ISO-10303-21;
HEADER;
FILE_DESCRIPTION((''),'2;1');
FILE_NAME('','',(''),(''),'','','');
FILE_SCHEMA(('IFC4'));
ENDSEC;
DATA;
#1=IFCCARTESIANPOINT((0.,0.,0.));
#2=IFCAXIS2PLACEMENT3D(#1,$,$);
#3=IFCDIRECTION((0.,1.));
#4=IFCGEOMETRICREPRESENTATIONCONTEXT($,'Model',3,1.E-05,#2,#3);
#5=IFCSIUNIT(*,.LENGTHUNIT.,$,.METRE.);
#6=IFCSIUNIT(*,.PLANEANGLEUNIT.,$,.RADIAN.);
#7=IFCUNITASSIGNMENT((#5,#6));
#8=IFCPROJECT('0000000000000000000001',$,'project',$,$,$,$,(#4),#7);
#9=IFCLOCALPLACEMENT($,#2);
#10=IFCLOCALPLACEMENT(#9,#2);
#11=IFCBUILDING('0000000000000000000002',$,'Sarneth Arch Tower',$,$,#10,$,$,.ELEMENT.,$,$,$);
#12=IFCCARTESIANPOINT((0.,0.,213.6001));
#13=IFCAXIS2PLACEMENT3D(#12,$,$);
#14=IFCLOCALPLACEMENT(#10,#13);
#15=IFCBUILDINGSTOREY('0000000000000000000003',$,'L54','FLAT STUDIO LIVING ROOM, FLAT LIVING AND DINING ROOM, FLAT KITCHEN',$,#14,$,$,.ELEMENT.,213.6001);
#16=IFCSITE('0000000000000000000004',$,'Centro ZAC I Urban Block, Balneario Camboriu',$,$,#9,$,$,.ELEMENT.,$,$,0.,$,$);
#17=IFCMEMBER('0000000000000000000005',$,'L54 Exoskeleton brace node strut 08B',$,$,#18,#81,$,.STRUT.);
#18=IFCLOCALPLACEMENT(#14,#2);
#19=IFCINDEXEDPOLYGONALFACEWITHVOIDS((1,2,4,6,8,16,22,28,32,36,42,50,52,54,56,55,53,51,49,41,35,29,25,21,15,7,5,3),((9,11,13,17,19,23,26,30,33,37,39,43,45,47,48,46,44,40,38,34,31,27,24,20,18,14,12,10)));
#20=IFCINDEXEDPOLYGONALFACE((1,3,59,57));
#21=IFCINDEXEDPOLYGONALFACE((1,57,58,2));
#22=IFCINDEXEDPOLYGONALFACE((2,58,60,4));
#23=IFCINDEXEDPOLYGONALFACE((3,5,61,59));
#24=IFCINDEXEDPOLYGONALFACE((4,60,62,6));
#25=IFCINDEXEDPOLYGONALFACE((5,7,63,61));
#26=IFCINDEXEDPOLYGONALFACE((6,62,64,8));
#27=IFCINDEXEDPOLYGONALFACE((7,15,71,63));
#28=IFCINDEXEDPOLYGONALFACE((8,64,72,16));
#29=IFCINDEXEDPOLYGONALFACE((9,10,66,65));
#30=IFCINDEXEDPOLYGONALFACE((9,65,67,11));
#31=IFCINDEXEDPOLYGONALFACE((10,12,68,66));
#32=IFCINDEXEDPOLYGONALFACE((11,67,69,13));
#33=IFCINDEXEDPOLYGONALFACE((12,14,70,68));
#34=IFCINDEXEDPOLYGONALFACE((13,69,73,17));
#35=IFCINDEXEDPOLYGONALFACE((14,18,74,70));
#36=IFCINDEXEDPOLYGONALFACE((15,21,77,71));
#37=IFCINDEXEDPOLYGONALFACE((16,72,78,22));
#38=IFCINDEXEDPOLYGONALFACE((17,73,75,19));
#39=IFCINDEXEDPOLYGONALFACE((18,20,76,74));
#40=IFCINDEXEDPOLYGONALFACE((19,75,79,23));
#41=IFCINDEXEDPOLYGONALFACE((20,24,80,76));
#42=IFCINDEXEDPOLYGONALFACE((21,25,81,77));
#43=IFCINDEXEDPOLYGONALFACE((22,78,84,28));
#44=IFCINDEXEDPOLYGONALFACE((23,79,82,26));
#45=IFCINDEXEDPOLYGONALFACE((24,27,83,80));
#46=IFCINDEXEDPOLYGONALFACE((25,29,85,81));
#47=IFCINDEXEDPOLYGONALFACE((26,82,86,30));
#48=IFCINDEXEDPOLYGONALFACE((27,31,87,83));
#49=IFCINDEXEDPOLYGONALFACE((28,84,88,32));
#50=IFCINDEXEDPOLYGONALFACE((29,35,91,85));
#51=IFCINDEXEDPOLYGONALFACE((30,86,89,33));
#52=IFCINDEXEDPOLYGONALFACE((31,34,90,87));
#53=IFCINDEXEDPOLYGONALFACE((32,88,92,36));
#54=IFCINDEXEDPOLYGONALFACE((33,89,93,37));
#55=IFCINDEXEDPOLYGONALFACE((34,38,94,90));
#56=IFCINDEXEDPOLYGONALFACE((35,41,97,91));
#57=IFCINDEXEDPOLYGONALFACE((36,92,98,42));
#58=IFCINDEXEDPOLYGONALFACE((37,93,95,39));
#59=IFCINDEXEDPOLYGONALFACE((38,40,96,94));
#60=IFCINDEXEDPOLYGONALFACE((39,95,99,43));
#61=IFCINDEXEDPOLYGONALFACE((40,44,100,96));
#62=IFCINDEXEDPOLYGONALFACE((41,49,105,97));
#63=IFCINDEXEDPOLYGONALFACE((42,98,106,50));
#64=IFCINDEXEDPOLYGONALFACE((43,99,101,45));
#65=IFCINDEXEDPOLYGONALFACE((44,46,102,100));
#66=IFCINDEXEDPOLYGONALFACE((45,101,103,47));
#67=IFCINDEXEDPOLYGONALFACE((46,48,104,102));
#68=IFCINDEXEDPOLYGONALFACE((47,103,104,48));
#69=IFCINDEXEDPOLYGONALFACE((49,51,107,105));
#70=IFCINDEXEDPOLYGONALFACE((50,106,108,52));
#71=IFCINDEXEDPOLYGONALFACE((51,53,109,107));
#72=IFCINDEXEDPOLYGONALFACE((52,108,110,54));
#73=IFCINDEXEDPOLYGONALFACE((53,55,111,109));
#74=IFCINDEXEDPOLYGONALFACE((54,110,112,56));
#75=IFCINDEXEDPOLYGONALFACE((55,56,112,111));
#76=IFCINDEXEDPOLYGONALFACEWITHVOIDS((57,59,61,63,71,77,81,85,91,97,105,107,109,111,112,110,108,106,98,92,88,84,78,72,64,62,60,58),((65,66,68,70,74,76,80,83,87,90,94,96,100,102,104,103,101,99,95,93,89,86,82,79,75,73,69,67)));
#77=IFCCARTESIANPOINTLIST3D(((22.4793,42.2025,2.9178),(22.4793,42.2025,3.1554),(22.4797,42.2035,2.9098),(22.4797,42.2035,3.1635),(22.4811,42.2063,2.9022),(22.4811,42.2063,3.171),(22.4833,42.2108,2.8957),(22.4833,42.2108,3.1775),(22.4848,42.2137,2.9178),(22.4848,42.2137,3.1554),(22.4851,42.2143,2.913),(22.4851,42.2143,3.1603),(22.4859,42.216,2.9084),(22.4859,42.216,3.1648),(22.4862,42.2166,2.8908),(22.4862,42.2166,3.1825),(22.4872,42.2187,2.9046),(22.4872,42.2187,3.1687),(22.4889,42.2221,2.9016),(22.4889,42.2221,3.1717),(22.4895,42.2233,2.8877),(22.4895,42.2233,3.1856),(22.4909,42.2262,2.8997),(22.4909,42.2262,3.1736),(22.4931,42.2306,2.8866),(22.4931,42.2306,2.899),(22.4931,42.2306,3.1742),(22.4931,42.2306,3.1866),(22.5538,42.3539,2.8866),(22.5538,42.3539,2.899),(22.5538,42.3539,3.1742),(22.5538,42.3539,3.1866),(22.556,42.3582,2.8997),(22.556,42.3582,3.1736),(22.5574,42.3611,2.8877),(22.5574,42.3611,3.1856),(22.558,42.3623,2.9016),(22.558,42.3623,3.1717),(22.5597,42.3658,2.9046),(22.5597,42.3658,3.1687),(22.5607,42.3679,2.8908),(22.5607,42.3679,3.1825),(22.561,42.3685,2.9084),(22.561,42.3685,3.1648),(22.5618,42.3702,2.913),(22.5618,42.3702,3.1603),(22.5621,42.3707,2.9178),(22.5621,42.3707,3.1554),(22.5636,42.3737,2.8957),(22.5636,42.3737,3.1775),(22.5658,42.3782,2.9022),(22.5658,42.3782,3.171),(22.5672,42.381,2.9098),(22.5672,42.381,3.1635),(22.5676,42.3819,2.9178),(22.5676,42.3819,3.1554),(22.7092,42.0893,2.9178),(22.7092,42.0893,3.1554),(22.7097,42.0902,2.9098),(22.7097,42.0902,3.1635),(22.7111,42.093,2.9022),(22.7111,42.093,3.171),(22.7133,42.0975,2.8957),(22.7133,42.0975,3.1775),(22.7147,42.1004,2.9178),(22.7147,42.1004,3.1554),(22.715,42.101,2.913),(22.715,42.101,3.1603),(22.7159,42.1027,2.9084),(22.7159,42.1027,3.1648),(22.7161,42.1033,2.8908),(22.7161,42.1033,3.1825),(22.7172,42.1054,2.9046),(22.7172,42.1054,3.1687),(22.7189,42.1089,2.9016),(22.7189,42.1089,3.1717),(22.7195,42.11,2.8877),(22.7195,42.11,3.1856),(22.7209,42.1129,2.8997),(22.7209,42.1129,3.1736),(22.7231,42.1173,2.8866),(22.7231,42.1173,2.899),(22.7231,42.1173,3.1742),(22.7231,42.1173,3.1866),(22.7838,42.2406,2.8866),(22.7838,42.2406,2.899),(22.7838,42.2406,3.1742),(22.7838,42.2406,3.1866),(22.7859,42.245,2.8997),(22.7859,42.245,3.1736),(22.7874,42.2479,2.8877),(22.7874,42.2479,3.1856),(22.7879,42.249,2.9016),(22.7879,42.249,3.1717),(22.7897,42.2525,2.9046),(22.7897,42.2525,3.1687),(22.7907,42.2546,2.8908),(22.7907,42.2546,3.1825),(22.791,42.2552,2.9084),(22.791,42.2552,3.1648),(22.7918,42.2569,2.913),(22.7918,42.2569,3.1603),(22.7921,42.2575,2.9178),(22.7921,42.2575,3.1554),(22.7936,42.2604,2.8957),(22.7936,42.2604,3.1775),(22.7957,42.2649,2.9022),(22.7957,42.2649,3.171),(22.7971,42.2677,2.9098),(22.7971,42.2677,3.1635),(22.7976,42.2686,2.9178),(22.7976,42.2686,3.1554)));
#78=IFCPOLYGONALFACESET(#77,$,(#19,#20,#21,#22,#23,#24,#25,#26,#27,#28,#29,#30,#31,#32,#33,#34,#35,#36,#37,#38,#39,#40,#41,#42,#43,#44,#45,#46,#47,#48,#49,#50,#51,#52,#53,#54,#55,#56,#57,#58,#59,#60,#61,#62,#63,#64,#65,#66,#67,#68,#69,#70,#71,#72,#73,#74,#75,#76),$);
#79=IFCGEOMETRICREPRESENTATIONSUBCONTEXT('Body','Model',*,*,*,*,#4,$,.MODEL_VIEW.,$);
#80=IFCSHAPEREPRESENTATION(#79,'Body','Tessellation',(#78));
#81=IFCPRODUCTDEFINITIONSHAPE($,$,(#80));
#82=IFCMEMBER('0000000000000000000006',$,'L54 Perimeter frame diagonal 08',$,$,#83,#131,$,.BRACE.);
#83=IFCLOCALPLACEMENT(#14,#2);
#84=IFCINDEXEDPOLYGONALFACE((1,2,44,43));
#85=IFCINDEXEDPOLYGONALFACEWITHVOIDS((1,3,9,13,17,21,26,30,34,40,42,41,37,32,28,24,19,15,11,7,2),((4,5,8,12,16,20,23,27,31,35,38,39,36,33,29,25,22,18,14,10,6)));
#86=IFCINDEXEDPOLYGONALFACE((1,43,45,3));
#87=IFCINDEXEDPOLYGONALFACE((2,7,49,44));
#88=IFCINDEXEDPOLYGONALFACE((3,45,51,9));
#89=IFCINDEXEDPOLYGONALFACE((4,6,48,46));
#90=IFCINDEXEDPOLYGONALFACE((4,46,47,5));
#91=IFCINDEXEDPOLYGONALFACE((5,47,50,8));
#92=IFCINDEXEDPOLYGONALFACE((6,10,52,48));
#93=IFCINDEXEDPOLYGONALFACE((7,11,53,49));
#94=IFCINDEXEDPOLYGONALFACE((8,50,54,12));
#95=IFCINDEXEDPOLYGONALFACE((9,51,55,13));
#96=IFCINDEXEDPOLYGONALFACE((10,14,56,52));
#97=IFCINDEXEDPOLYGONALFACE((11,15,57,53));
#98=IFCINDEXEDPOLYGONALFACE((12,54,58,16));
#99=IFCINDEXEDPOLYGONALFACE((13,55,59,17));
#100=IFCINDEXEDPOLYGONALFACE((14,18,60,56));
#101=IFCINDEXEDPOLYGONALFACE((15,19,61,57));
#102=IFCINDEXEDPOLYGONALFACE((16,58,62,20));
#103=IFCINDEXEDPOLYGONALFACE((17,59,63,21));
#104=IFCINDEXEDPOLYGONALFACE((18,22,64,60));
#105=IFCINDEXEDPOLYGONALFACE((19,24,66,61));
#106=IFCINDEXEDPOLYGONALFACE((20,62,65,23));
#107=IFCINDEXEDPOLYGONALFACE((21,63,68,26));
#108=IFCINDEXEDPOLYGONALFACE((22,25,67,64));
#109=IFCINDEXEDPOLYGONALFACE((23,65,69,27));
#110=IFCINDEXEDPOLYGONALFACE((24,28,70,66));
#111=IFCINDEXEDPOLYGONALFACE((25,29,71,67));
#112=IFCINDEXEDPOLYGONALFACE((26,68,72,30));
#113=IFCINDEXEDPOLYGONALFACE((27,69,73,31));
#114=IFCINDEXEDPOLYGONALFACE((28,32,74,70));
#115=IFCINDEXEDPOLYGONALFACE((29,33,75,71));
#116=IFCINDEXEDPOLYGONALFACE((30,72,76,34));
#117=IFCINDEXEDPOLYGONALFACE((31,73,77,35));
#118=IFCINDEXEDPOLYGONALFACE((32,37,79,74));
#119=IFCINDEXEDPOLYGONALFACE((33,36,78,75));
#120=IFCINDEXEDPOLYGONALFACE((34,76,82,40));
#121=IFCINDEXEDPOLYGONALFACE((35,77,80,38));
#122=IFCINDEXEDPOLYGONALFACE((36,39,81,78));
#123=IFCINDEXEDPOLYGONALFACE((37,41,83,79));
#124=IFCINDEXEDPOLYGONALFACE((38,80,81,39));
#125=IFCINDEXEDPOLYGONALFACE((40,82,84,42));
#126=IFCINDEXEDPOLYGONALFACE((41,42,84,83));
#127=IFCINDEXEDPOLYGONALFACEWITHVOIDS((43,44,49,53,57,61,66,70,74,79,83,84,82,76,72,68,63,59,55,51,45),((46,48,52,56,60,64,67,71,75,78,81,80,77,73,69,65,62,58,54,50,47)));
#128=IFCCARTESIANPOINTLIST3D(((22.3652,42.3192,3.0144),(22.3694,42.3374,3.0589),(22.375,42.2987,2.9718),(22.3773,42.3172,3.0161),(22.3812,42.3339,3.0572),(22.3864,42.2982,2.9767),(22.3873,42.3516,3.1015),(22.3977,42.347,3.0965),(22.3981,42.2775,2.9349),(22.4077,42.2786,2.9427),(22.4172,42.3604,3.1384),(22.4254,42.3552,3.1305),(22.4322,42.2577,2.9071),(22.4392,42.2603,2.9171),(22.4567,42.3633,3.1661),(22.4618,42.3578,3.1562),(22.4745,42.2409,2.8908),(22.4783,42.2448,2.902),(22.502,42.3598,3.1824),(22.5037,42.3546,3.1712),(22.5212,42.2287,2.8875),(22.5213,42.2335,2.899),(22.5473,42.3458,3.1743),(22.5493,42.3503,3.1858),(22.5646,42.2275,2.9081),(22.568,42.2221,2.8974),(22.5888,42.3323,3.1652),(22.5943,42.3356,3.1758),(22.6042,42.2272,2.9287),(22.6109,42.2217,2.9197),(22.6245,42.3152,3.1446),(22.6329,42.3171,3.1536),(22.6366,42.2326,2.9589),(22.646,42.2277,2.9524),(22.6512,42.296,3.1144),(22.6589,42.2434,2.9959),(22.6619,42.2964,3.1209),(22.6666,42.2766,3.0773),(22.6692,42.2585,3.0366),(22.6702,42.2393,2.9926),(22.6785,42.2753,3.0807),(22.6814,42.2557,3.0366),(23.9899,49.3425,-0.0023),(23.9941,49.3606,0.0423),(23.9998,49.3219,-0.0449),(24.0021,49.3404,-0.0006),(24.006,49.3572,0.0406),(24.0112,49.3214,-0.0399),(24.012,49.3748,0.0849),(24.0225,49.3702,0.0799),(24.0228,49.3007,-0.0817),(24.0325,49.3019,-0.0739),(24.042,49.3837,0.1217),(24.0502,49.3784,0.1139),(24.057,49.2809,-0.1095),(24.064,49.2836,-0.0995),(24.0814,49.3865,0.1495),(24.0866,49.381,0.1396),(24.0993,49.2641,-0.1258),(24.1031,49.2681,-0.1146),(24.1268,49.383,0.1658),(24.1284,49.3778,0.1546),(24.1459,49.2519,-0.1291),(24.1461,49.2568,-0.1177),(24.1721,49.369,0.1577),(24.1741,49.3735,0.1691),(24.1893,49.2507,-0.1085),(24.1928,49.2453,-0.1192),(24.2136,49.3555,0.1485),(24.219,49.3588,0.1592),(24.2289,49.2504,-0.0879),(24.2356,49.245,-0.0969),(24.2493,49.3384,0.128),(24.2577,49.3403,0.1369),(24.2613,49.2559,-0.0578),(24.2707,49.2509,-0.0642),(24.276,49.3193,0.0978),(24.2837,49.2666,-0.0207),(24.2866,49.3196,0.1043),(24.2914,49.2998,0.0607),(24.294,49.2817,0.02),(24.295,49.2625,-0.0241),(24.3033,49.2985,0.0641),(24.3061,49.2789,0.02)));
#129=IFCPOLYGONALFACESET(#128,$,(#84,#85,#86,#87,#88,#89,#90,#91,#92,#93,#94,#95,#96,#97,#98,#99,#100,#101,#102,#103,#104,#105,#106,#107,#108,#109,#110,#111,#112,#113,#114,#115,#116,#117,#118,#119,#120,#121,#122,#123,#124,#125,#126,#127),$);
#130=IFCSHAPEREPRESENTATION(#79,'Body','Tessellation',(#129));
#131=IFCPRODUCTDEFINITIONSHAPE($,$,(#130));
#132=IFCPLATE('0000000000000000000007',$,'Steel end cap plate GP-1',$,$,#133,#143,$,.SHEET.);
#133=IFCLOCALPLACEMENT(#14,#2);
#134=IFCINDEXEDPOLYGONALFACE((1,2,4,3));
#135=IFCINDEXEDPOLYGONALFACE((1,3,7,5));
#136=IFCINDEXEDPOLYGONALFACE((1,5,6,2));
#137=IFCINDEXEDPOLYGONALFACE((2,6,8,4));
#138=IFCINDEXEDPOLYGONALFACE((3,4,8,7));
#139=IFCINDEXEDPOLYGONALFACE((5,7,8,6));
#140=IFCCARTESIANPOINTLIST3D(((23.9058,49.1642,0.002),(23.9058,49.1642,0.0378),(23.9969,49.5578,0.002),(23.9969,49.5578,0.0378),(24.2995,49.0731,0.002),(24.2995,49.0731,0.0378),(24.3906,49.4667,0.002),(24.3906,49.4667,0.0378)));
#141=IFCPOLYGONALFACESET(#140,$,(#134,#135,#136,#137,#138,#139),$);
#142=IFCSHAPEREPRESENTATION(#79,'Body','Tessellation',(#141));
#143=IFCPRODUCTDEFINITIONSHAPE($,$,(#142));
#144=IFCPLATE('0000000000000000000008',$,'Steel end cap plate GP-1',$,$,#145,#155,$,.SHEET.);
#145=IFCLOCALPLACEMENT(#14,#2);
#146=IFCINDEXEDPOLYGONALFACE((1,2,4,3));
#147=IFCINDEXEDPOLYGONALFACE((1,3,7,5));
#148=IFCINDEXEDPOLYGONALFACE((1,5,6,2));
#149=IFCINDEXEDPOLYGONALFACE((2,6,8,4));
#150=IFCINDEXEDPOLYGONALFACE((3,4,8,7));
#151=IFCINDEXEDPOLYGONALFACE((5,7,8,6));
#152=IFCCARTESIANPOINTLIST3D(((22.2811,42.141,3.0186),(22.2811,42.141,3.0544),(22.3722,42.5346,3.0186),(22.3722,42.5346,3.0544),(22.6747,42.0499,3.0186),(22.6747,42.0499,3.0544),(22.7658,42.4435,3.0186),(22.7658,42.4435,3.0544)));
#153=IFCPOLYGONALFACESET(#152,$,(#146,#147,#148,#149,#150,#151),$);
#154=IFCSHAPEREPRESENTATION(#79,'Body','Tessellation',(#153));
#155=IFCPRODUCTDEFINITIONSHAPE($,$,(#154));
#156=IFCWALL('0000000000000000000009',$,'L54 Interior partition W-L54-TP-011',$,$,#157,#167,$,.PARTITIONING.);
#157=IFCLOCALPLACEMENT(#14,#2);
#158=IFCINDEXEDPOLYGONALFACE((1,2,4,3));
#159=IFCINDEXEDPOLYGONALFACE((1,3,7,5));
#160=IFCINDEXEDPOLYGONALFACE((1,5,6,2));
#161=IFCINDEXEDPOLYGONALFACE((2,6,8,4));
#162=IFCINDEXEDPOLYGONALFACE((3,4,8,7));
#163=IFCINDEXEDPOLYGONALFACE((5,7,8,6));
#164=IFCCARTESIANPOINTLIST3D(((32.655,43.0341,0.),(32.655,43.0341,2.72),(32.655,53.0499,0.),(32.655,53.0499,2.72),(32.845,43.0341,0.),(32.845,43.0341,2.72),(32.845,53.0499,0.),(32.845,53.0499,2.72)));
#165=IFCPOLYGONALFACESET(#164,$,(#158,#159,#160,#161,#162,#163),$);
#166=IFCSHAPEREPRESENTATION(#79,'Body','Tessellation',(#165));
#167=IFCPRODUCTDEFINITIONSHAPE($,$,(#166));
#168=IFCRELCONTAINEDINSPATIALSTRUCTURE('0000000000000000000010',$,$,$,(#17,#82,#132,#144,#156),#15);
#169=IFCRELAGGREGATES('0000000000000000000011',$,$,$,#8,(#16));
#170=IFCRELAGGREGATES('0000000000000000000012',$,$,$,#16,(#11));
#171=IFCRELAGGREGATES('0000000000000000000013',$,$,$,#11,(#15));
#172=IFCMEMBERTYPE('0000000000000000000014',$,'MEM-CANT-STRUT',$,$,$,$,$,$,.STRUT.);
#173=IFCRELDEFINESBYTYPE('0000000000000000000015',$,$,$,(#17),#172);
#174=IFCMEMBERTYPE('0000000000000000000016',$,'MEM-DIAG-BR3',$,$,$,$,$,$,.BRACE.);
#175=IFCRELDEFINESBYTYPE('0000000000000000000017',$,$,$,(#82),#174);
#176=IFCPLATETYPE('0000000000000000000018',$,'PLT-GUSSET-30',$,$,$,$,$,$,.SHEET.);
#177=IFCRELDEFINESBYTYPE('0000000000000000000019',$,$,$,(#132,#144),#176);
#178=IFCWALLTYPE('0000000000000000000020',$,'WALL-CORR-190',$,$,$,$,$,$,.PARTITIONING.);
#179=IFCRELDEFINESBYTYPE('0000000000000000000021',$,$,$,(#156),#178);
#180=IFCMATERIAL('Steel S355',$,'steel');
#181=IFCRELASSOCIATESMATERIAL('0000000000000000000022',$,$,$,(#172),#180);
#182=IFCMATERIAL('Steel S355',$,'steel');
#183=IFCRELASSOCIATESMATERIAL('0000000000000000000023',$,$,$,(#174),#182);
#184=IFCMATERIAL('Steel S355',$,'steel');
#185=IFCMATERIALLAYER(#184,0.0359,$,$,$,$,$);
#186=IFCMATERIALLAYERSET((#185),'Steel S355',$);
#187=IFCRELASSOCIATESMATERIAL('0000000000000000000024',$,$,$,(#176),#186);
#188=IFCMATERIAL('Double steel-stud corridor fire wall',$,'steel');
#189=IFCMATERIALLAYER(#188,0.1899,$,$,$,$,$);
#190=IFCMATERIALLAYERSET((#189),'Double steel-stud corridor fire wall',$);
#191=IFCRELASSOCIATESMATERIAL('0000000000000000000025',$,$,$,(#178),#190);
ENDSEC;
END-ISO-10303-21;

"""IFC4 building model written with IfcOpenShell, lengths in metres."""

from ifc_helpers import new_model, si_unit, direction, frame, frame_2d, origin, origin_2d, place, context, subcontext, project, spatial, rectangle, hollow_rectangle, hollow_circle, extrude, material, layer, layer_set, material_profile, profile_set, type_object, element, save


model = new_model("IFC4")

# Units and contexts
model_context = context("Model", 3, precision=1e-05, world=origin(), true_north=direction((0.0, 1.0)))
body_context = subcontext(model_context, "Body", "Model", "MODEL_VIEW")
ifc_project = project(units=[si_unit("LENGTHUNIT", "METRE"), si_unit("PLANEANGLEUNIT", "RADIAN")], contexts=[model_context])

# Site, building, storey
site_placement = place(None, origin())
site = spatial("IfcSite", under=ifc_project, at=site_placement, Name="Centro ZAC I Urban Block, Balneario Camboriu", CompositionType="ELEMENT", RefElevation=0.0)
building_placement = place(site_placement, origin())
building = spatial("IfcBuilding", under=site, at=building_placement, Name="Sarneth Arch Tower", CompositionType="ELEMENT")
storey_placement = place(building_placement, frame((0.0, 0.0, 213.6001)))
storey = spatial("IfcBuildingStorey", under=building, at=storey_placement, Name="L54", Description="FLAT STUDIO LIVING ROOM, FLAT LIVING AND DINING ROOM, FLAT KITCHEN", CompositionType="ELEMENT", Elevation=213.6001)

# Members
ifc_material_1 = material(Name="Steel S355", Category="steel")
ifc_material_profile_1 = material_profile(ifc_material_1, hollow_rectangle(XDim=0.2, YDim=0.3, WallThickness=0.0125, InnerFilletRadius=0.0188, OuterFilletRadius=0.0312, at=origin_2d()), Name="RHS300x200x12.5")
ifc_profile_set_1 = profile_set([ifc_material_profile_1], Name="Steel S355")
member_type_1 = type_object("IfcMemberType", Name="MEM-CANT-STRUT", PredefinedType="STRUT", material=ifc_profile_set_1)
member_1_placement = place(storey_placement, frame((22.7534, 42.179, 3.0366), z_axis=(-0.897078, 0.441873, 0.0), x_axis=(-0.441873, -0.897078, 0.0)))
element("IfcMember", 1, at=member_1_placement, inside=storey, type_object=member_type_1, Name="L54 Exoskeleton brace node strut 08B", PredefinedType="STRUT", context=body_context, shape_type="SweptSolid", body=[
    extrude(hollow_rectangle(XDim=0.2, YDim=0.3, WallThickness=0.0125, InnerFilletRadius=0.0188, OuterFilletRadius=0.0312, at=origin_2d()), origin(), (0.0, 0.0, 1.0), 0.2563),
])
ifc_material_2 = material(Name="Steel S355", Category="steel")
ifc_material_profile_2 = material_profile(ifc_material_2, hollow_circle(Radius=0.1621, WallThickness=0.0125, at=origin_2d()), Name="CHS324x12.5")
ifc_profile_set_2 = profile_set([ifc_material_profile_2], Name="Steel S355")
member_type_2 = type_object("IfcMemberType", Name="MEM-DIAG-BR3", PredefinedType="BRACE", material=ifc_profile_set_2)
member_2_placement = place(storey_placement, frame((24.1482, 49.3154, 0.02), z_axis=(-0.207918, -0.898749, 0.386031), x_axis=(0.974269, -0.225389, 0.0)))
element("IfcMember", 2, at=member_2_placement, inside=storey, type_object=member_type_2, Name="L54 Perimeter frame diagonal 08", PredefinedType="BRACE", context=body_context, shape_type="SweptSolid", body=[
    extrude(hollow_circle(Radius=0.1621, WallThickness=0.0125, at=origin_2d()), origin(), (0.0, 0.0, 1.0), 7.8145),
])

# Plates
ifc_material_3 = material(Name="Steel S355", Category="steel")
ifc_layer_1 = layer(ifc_material_3, 0.0359)
ifc_layer_set_1 = layer_set([ifc_layer_1], Name="Steel S355")
plate_type = type_object("IfcPlateType", Name="PLT-GUSSET-30", PredefinedType="SHEET", material=ifc_layer_set_1)
for number, where, z_axis, x_axis, name in (
    (3, (24.1482, 49.3154, 0.002), (0.0, 0.0, 1.0), (-0.225461, -0.974252, 0.0), "Steel end cap plate GP-1"),
    (4, (22.5234, 42.2922, 3.0186), (0.0, 0.0, 1.0), (-0.225461, -0.974252, 0.0), "Steel end cap plate GP-1"),
):
    element("IfcPlate", number, at=place(storey_placement, frame(where, z_axis=z_axis, x_axis=x_axis)), inside=storey, type_object=plate_type, Name=name, PredefinedType="SHEET", context=body_context, shape_type="SweptSolid", body=[
        extrude(rectangle(XDim=0.4041, YDim=0.4041, at=origin_2d()), origin(), (0.0, 0.0, 1.0), 0.0359),
    ])

# Wall
ifc_material_4 = material(Name="Double steel-stud corridor fire wall", Category="steel")
ifc_layer_2 = layer(ifc_material_4, 0.1899)
ifc_layer_set_2 = layer_set([ifc_layer_2], Name="Double steel-stud corridor fire wall")
wall_type_1 = type_object("IfcWallType", Name="WALL-CORR-190", PredefinedType="PARTITIONING", material=ifc_layer_set_2)
wall_1_placement = place(storey_placement, frame((32.75, 43.0342, 0.0), z_axis=(0.0, 0.0, 1.0), x_axis=(0.0, 1.0, 0.0)))
element("IfcWall", 5, at=wall_1_placement, inside=storey, type_object=wall_type_1, Name="L54 Interior partition W-L54-TP-011", PredefinedType="PARTITIONING", context=body_context, shape_type="SweptSolid", body=[
    extrude(rectangle(XDim=10.0159, YDim=0.1899, at=frame_2d((5.0078, 0.0))), origin(), (0.0, 0.0, 1.0), 2.72),
])

save(model, "model.ifc")
